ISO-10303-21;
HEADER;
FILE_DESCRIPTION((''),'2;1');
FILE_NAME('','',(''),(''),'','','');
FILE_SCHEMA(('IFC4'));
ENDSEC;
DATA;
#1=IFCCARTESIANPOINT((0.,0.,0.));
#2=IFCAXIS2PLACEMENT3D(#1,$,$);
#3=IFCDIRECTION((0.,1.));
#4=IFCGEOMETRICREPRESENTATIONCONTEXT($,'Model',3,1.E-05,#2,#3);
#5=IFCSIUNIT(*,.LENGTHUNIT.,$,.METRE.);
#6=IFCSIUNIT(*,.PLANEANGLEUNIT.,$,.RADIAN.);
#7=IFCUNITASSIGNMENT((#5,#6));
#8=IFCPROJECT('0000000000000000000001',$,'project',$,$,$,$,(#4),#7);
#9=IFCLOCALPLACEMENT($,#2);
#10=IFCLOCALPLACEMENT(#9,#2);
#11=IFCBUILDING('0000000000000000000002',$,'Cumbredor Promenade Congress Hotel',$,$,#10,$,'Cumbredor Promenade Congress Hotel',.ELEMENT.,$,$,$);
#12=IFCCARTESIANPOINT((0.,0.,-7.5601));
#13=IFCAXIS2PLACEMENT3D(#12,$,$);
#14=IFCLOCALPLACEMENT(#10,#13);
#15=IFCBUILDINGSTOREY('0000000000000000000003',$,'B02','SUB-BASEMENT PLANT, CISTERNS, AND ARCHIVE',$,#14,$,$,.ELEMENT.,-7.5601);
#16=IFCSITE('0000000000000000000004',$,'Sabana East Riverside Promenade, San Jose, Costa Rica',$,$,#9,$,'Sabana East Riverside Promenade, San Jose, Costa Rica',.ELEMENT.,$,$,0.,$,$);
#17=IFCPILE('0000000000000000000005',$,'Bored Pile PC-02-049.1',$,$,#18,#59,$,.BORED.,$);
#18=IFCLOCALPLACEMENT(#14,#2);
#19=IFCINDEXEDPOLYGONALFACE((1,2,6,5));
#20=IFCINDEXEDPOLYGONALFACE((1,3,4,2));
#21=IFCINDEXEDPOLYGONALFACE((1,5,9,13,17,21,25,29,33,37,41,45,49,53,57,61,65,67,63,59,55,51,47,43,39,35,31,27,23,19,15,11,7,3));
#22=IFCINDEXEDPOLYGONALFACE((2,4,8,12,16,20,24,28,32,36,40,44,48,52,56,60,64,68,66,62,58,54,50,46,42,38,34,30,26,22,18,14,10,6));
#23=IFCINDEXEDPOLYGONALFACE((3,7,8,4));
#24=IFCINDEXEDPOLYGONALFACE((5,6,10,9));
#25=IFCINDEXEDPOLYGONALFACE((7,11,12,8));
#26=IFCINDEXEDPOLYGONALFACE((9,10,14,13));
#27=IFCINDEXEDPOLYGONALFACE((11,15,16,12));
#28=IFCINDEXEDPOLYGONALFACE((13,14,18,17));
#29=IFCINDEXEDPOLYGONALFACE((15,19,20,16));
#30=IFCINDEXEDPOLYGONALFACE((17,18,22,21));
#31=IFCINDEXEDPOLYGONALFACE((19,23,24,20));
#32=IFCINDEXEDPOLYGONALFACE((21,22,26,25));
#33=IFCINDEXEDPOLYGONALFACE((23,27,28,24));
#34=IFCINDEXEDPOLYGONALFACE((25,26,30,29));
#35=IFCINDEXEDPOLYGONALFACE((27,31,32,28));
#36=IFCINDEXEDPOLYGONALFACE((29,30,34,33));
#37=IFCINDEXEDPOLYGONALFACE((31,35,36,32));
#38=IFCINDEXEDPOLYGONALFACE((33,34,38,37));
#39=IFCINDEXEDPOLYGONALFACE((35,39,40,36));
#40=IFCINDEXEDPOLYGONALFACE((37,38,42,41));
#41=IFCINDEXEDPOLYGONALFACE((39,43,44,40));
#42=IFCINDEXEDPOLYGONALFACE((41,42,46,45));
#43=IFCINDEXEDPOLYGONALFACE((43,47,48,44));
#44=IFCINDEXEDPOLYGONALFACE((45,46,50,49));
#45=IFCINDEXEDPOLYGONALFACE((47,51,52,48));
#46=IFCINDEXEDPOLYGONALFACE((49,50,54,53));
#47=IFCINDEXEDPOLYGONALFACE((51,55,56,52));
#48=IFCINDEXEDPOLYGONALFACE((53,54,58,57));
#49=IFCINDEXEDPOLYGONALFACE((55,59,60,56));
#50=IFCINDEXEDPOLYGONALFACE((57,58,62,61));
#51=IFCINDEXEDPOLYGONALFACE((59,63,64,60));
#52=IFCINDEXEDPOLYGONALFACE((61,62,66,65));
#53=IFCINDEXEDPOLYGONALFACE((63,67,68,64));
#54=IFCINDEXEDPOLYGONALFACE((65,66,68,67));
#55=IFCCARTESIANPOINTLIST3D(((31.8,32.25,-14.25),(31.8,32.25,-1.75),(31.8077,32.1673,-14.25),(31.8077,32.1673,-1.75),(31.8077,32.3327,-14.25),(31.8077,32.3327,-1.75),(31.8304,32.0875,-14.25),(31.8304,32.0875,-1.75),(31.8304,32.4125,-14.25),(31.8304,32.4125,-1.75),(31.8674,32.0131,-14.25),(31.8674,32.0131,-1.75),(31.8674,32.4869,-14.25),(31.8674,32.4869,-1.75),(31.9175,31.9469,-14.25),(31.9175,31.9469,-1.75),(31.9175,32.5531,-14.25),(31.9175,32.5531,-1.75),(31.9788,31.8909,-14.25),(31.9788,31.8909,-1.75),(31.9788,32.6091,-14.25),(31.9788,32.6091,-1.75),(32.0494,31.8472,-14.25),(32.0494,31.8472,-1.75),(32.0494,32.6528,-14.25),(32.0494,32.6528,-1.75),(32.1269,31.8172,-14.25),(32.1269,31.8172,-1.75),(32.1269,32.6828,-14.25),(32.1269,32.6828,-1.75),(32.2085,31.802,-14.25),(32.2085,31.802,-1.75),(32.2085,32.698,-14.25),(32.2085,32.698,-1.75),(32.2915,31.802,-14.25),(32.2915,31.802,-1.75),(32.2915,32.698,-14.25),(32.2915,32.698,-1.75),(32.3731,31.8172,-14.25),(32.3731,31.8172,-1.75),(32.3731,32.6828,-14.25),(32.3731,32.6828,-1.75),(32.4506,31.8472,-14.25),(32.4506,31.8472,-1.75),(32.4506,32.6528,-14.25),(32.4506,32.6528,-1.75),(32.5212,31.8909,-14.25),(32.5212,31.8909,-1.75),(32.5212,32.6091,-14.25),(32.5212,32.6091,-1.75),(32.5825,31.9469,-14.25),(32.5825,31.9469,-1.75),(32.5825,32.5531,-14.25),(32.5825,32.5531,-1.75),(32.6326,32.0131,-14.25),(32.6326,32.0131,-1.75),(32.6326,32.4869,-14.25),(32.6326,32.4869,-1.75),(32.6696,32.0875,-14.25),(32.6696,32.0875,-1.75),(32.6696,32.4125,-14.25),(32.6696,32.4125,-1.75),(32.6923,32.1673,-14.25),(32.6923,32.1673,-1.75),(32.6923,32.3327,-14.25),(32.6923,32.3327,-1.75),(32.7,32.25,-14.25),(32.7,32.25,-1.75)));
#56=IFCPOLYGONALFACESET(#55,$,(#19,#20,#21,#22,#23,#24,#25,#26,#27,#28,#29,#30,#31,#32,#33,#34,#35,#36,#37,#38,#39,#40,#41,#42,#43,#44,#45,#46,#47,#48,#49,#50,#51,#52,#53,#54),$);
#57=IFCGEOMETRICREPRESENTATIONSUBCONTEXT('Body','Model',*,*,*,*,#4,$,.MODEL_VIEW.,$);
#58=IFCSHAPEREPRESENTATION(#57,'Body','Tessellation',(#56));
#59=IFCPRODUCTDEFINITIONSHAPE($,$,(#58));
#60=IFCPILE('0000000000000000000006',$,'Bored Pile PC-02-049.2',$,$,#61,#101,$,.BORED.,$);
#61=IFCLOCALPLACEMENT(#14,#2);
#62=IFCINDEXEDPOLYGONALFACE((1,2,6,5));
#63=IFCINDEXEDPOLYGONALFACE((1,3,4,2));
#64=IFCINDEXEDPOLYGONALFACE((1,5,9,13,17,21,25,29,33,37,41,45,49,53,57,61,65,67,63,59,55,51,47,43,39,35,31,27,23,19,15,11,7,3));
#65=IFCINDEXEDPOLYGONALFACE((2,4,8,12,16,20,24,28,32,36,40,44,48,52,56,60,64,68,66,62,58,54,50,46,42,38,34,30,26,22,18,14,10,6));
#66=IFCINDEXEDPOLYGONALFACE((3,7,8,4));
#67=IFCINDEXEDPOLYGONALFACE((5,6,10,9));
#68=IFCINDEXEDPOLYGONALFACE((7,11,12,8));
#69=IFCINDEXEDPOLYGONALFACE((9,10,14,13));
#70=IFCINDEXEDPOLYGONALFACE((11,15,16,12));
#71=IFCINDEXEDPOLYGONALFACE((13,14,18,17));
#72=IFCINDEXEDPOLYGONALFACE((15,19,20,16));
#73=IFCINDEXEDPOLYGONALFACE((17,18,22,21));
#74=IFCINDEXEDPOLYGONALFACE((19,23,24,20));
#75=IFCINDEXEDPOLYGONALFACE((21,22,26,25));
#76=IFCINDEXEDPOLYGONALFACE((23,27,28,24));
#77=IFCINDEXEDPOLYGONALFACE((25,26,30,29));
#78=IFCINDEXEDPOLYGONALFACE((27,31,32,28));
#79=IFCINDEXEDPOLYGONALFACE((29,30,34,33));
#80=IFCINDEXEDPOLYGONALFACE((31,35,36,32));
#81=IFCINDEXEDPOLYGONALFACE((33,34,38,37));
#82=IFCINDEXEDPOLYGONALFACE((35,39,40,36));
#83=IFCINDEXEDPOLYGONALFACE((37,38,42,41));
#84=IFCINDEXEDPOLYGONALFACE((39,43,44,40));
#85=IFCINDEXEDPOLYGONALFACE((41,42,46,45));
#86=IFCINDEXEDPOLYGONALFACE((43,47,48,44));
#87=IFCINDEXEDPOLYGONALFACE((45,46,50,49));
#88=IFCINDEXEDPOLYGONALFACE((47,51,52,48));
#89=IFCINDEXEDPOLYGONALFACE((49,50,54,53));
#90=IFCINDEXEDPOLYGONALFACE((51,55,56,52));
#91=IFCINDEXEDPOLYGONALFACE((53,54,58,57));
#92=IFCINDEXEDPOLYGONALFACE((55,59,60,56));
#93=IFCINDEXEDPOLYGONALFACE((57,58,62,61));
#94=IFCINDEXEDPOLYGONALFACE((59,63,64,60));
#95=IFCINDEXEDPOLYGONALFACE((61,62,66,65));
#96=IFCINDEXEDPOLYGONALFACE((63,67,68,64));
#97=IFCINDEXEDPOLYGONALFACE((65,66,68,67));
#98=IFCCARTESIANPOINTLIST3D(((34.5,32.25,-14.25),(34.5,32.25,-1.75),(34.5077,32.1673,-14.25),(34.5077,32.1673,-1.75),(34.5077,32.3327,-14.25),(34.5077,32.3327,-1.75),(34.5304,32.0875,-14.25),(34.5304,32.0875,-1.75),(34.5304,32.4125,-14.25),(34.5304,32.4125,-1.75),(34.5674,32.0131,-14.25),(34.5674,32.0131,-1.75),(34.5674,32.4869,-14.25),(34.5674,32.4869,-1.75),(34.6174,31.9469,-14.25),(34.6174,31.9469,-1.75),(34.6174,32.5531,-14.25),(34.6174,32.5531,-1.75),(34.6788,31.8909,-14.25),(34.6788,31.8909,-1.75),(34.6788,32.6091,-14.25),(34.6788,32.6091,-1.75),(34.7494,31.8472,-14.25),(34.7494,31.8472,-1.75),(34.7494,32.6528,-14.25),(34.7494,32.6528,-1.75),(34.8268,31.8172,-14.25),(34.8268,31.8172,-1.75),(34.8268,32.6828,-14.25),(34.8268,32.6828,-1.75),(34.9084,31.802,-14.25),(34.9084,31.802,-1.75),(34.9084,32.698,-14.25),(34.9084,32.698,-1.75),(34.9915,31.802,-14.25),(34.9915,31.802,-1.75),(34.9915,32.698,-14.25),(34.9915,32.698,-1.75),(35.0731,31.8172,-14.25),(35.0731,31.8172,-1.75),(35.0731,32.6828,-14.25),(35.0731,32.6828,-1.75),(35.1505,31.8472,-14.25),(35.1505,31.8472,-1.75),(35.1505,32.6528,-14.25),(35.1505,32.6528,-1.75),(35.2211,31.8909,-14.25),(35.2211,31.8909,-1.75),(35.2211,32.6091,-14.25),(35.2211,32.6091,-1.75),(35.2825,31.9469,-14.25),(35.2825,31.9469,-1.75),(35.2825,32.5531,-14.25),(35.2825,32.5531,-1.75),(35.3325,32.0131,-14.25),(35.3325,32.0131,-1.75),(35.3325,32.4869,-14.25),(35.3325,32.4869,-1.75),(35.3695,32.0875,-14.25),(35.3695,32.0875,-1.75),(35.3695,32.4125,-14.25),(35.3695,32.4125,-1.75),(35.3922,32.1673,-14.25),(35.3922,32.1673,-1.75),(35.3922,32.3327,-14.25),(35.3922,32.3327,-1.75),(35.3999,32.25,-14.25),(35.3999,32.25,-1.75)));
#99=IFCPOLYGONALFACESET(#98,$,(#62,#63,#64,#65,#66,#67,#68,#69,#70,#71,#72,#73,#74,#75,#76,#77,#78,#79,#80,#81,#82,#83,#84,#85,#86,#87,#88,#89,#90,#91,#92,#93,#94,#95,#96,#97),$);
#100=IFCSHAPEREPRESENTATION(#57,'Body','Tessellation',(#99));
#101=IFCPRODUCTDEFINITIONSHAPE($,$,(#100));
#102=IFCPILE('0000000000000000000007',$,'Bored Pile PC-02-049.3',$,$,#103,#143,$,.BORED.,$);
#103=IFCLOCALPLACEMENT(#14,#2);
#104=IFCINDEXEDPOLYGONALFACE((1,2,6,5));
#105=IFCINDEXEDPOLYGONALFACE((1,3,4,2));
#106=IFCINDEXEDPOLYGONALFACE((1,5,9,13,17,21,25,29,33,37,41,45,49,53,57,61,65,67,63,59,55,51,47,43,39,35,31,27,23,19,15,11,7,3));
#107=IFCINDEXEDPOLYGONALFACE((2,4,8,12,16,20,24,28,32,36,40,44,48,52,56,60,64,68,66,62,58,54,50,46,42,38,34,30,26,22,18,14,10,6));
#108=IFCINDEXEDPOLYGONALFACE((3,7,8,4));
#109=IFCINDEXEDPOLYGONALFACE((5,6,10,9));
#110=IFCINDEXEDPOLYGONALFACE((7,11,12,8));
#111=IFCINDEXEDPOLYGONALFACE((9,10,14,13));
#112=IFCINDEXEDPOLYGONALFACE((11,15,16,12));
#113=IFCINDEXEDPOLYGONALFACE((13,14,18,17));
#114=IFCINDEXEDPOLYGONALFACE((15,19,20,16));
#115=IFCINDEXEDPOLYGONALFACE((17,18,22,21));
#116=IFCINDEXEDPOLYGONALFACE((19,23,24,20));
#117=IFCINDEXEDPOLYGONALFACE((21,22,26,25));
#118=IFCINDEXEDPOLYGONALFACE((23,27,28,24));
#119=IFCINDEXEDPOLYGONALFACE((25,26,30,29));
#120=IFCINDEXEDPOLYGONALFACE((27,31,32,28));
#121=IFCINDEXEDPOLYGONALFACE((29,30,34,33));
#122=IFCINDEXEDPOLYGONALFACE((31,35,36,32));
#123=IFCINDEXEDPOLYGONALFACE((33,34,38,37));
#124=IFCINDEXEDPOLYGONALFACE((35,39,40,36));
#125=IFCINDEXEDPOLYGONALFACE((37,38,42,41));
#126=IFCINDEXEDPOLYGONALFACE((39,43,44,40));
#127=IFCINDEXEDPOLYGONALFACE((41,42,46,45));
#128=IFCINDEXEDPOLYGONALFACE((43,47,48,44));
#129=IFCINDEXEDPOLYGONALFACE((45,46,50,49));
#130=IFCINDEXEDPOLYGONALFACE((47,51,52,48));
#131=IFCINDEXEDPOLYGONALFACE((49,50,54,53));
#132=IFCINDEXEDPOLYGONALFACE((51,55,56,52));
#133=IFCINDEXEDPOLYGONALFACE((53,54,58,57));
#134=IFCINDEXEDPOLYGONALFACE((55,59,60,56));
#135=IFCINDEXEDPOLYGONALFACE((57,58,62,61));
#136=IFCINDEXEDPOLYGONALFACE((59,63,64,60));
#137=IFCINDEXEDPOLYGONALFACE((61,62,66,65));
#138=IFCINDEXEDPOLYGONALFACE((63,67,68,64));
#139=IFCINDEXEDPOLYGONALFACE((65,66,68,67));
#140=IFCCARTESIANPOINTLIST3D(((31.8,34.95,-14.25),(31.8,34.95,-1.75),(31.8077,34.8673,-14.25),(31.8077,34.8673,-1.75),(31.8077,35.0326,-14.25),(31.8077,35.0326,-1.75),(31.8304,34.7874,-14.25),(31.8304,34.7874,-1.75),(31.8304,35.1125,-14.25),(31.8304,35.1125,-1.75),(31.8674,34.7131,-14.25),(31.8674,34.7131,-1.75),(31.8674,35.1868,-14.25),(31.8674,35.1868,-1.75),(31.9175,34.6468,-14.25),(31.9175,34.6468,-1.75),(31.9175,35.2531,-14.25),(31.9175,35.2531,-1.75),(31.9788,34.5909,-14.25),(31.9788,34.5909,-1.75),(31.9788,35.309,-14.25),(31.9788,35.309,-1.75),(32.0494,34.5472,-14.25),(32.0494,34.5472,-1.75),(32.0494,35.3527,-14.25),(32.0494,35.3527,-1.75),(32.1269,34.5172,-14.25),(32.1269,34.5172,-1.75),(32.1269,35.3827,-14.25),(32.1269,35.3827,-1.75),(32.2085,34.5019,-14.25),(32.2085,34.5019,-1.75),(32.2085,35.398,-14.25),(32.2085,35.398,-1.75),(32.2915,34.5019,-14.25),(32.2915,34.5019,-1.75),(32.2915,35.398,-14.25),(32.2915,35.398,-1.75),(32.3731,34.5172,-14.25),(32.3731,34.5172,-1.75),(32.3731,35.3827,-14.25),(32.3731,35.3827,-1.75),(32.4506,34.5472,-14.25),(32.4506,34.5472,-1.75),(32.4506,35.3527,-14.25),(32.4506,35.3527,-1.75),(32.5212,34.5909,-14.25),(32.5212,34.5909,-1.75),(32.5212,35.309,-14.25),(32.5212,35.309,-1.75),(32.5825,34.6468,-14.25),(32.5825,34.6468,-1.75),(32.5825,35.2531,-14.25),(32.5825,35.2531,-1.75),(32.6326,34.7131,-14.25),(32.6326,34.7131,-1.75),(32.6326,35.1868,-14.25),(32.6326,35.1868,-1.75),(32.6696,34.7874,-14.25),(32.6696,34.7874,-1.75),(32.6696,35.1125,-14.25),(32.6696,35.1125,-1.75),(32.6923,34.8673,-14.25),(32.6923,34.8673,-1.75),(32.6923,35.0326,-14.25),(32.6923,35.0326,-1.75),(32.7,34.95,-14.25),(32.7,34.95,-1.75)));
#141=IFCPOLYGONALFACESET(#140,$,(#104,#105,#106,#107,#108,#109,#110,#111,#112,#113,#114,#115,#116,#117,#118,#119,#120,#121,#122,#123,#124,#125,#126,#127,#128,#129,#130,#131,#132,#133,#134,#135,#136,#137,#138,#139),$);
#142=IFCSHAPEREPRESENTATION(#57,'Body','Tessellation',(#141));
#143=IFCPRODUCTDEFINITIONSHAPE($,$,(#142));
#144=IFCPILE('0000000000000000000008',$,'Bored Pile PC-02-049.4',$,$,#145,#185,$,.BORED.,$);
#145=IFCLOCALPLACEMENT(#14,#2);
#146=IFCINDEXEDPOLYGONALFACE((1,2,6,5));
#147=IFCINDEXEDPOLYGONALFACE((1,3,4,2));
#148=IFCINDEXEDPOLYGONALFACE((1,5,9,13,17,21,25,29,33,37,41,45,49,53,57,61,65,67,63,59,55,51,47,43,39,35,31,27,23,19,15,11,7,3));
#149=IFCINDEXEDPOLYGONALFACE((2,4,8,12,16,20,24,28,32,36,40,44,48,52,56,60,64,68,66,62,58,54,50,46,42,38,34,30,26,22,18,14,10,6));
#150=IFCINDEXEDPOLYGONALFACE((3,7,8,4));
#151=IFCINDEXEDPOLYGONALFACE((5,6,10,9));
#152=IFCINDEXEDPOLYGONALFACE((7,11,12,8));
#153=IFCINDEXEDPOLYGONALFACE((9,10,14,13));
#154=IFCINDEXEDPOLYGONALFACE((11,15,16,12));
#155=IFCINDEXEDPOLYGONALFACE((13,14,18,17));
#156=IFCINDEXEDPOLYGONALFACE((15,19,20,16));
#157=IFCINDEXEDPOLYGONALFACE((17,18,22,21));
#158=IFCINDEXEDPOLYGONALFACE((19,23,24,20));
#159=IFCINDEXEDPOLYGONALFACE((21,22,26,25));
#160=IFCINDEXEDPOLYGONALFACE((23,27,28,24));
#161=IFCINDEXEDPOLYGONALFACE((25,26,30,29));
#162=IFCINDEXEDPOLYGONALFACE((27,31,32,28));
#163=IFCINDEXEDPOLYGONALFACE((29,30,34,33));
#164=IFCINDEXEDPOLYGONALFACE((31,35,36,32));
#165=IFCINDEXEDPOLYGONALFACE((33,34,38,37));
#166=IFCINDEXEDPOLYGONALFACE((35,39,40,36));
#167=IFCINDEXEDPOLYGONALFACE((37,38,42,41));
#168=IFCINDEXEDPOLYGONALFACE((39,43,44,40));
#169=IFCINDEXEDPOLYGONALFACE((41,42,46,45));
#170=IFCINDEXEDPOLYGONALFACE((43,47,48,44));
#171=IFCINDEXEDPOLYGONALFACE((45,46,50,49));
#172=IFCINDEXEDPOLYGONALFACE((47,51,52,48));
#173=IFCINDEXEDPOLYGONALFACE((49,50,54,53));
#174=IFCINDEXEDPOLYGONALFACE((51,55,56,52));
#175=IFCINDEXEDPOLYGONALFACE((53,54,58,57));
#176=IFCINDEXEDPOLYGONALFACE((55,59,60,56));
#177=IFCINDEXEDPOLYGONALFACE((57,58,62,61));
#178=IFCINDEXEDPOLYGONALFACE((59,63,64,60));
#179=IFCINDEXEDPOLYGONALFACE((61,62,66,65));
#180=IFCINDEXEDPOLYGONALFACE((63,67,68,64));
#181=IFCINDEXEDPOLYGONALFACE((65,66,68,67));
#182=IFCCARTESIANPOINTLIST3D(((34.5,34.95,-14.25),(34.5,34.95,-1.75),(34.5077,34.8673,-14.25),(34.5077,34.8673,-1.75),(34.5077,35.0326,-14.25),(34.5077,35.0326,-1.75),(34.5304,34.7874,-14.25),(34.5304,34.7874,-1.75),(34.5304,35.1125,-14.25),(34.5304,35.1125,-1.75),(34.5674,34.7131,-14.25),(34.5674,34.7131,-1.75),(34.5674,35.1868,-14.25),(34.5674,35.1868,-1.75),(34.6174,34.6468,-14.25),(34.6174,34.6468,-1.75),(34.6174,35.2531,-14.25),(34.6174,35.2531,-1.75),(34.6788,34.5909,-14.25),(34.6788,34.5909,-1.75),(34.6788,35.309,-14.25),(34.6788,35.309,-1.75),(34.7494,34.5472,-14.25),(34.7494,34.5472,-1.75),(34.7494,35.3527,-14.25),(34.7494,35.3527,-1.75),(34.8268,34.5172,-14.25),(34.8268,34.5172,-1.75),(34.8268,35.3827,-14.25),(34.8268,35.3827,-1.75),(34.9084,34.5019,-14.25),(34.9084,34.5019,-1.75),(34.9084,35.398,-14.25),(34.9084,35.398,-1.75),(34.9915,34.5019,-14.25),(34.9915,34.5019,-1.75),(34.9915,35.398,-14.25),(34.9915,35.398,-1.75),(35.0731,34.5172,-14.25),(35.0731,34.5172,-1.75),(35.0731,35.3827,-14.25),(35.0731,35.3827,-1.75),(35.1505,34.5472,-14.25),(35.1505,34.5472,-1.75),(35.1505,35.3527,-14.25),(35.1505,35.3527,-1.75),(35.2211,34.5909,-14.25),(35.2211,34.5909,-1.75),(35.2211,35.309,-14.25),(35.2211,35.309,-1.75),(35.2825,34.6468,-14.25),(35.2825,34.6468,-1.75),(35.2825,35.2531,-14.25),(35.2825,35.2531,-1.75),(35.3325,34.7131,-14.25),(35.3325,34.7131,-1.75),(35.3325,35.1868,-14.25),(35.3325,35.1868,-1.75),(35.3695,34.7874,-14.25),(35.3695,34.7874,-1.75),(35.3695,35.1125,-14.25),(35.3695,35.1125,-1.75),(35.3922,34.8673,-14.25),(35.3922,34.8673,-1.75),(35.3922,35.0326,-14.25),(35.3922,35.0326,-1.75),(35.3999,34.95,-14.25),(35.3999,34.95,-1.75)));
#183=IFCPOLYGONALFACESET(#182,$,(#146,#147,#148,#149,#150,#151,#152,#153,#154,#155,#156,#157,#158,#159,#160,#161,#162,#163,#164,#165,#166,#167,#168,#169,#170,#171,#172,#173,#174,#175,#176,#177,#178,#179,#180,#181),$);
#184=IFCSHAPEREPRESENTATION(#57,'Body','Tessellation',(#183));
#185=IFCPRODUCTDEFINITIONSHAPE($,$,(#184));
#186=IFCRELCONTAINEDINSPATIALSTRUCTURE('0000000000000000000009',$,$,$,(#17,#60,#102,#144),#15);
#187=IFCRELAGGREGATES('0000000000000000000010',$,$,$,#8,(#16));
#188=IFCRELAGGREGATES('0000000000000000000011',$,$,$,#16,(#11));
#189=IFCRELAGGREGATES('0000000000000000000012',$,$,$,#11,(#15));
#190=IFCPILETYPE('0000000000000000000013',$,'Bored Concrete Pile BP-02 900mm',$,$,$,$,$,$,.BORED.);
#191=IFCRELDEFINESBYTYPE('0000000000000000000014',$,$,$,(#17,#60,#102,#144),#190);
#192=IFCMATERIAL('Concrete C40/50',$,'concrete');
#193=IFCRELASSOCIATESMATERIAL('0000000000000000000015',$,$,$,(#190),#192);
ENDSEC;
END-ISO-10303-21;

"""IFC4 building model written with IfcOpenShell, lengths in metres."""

from ifc_helpers import new_model, si_unit, direction, frame, origin, origin_2d, place, context, subcontext, project, spatial, circle, extrude, material, material_profile, profile_set, type_object, element, save


model = new_model("IFC4")

# Units and contexts
model_context = context("Model", 3, precision=1e-05, world=origin(), true_north=direction((0.0, 1.0)))
body_context = subcontext(model_context, "Body", "Model", "MODEL_VIEW")
ifc_project = project(units=[si_unit("LENGTHUNIT", "METRE"), si_unit("PLANEANGLEUNIT", "RADIAN")], contexts=[model_context])

# Site, building, storey
site_placement = place(None, origin())
site = spatial("IfcSite", under=ifc_project, at=site_placement, Name="Sabana East Riverside Promenade, San Jose, Costa Rica", LongName="Sabana East Riverside Promenade, San Jose, Costa Rica", CompositionType="ELEMENT", RefElevation=0.0)
building_placement = place(site_placement, origin())
building = spatial("IfcBuilding", under=site, at=building_placement, Name="Cumbredor Promenade Congress Hotel", LongName="Cumbredor Promenade Congress Hotel", CompositionType="ELEMENT")
storey_placement = place(building_placement, frame((0.0, 0.0, -7.5601)))
storey = spatial("IfcBuildingStorey", under=building, at=storey_placement, Name="B02", Description="SUB-BASEMENT PLANT, CISTERNS, AND ARCHIVE", CompositionType="ELEMENT", Elevation=-7.5601)

# Piles
ifc_material_1 = material(Name="Concrete C40/50", Category="concrete")
ifc_material_profile_1 = material_profile(ifc_material_1, circle(Radius=0.45, at=origin_2d()), Name="PILE D900")
ifc_profile_set_1 = profile_set([ifc_material_profile_1], Name="Concrete C40/50")
pile_type_1 = type_object("IfcPileType", Name="Bored Concrete Pile BP-02 900mm", PredefinedType="BORED", material=ifc_profile_set_1)
for number, where, z_axis, x_axis, name in (
    (1, (32.25, 32.25, -1.75), (0.0, 0.0, -1.0), (1.0, 0.0, 0.0), "Bored Pile PC-02-049.1"),
    (2, (34.95, 32.25, -1.75), (0.0, 0.0, -1.0), (1.0, 0.0, 0.0), "Bored Pile PC-02-049.2"),
    (3, (32.25, 34.95, -1.75), (0.0, 0.0, -1.0), (1.0, 0.0, 0.0), "Bored Pile PC-02-049.3"),
    (4, (34.95, 34.95, -1.75), (0.0, 0.0, -1.0), (1.0, 0.0, 0.0), "Bored Pile PC-02-049.4"),
):
    element("IfcPile", number, at=place(storey_placement, frame(where, z_axis=z_axis, x_axis=x_axis)), inside=storey, type_object=pile_type_1, Name=name, PredefinedType="BORED", context=body_context, shape_type="SweptSolid", body=[
        extrude(circle(Radius=0.45, at=origin_2d()), origin(), (0.0, 0.0, 1.0), 12.5),
    ])

save(model, "model.ifc")
